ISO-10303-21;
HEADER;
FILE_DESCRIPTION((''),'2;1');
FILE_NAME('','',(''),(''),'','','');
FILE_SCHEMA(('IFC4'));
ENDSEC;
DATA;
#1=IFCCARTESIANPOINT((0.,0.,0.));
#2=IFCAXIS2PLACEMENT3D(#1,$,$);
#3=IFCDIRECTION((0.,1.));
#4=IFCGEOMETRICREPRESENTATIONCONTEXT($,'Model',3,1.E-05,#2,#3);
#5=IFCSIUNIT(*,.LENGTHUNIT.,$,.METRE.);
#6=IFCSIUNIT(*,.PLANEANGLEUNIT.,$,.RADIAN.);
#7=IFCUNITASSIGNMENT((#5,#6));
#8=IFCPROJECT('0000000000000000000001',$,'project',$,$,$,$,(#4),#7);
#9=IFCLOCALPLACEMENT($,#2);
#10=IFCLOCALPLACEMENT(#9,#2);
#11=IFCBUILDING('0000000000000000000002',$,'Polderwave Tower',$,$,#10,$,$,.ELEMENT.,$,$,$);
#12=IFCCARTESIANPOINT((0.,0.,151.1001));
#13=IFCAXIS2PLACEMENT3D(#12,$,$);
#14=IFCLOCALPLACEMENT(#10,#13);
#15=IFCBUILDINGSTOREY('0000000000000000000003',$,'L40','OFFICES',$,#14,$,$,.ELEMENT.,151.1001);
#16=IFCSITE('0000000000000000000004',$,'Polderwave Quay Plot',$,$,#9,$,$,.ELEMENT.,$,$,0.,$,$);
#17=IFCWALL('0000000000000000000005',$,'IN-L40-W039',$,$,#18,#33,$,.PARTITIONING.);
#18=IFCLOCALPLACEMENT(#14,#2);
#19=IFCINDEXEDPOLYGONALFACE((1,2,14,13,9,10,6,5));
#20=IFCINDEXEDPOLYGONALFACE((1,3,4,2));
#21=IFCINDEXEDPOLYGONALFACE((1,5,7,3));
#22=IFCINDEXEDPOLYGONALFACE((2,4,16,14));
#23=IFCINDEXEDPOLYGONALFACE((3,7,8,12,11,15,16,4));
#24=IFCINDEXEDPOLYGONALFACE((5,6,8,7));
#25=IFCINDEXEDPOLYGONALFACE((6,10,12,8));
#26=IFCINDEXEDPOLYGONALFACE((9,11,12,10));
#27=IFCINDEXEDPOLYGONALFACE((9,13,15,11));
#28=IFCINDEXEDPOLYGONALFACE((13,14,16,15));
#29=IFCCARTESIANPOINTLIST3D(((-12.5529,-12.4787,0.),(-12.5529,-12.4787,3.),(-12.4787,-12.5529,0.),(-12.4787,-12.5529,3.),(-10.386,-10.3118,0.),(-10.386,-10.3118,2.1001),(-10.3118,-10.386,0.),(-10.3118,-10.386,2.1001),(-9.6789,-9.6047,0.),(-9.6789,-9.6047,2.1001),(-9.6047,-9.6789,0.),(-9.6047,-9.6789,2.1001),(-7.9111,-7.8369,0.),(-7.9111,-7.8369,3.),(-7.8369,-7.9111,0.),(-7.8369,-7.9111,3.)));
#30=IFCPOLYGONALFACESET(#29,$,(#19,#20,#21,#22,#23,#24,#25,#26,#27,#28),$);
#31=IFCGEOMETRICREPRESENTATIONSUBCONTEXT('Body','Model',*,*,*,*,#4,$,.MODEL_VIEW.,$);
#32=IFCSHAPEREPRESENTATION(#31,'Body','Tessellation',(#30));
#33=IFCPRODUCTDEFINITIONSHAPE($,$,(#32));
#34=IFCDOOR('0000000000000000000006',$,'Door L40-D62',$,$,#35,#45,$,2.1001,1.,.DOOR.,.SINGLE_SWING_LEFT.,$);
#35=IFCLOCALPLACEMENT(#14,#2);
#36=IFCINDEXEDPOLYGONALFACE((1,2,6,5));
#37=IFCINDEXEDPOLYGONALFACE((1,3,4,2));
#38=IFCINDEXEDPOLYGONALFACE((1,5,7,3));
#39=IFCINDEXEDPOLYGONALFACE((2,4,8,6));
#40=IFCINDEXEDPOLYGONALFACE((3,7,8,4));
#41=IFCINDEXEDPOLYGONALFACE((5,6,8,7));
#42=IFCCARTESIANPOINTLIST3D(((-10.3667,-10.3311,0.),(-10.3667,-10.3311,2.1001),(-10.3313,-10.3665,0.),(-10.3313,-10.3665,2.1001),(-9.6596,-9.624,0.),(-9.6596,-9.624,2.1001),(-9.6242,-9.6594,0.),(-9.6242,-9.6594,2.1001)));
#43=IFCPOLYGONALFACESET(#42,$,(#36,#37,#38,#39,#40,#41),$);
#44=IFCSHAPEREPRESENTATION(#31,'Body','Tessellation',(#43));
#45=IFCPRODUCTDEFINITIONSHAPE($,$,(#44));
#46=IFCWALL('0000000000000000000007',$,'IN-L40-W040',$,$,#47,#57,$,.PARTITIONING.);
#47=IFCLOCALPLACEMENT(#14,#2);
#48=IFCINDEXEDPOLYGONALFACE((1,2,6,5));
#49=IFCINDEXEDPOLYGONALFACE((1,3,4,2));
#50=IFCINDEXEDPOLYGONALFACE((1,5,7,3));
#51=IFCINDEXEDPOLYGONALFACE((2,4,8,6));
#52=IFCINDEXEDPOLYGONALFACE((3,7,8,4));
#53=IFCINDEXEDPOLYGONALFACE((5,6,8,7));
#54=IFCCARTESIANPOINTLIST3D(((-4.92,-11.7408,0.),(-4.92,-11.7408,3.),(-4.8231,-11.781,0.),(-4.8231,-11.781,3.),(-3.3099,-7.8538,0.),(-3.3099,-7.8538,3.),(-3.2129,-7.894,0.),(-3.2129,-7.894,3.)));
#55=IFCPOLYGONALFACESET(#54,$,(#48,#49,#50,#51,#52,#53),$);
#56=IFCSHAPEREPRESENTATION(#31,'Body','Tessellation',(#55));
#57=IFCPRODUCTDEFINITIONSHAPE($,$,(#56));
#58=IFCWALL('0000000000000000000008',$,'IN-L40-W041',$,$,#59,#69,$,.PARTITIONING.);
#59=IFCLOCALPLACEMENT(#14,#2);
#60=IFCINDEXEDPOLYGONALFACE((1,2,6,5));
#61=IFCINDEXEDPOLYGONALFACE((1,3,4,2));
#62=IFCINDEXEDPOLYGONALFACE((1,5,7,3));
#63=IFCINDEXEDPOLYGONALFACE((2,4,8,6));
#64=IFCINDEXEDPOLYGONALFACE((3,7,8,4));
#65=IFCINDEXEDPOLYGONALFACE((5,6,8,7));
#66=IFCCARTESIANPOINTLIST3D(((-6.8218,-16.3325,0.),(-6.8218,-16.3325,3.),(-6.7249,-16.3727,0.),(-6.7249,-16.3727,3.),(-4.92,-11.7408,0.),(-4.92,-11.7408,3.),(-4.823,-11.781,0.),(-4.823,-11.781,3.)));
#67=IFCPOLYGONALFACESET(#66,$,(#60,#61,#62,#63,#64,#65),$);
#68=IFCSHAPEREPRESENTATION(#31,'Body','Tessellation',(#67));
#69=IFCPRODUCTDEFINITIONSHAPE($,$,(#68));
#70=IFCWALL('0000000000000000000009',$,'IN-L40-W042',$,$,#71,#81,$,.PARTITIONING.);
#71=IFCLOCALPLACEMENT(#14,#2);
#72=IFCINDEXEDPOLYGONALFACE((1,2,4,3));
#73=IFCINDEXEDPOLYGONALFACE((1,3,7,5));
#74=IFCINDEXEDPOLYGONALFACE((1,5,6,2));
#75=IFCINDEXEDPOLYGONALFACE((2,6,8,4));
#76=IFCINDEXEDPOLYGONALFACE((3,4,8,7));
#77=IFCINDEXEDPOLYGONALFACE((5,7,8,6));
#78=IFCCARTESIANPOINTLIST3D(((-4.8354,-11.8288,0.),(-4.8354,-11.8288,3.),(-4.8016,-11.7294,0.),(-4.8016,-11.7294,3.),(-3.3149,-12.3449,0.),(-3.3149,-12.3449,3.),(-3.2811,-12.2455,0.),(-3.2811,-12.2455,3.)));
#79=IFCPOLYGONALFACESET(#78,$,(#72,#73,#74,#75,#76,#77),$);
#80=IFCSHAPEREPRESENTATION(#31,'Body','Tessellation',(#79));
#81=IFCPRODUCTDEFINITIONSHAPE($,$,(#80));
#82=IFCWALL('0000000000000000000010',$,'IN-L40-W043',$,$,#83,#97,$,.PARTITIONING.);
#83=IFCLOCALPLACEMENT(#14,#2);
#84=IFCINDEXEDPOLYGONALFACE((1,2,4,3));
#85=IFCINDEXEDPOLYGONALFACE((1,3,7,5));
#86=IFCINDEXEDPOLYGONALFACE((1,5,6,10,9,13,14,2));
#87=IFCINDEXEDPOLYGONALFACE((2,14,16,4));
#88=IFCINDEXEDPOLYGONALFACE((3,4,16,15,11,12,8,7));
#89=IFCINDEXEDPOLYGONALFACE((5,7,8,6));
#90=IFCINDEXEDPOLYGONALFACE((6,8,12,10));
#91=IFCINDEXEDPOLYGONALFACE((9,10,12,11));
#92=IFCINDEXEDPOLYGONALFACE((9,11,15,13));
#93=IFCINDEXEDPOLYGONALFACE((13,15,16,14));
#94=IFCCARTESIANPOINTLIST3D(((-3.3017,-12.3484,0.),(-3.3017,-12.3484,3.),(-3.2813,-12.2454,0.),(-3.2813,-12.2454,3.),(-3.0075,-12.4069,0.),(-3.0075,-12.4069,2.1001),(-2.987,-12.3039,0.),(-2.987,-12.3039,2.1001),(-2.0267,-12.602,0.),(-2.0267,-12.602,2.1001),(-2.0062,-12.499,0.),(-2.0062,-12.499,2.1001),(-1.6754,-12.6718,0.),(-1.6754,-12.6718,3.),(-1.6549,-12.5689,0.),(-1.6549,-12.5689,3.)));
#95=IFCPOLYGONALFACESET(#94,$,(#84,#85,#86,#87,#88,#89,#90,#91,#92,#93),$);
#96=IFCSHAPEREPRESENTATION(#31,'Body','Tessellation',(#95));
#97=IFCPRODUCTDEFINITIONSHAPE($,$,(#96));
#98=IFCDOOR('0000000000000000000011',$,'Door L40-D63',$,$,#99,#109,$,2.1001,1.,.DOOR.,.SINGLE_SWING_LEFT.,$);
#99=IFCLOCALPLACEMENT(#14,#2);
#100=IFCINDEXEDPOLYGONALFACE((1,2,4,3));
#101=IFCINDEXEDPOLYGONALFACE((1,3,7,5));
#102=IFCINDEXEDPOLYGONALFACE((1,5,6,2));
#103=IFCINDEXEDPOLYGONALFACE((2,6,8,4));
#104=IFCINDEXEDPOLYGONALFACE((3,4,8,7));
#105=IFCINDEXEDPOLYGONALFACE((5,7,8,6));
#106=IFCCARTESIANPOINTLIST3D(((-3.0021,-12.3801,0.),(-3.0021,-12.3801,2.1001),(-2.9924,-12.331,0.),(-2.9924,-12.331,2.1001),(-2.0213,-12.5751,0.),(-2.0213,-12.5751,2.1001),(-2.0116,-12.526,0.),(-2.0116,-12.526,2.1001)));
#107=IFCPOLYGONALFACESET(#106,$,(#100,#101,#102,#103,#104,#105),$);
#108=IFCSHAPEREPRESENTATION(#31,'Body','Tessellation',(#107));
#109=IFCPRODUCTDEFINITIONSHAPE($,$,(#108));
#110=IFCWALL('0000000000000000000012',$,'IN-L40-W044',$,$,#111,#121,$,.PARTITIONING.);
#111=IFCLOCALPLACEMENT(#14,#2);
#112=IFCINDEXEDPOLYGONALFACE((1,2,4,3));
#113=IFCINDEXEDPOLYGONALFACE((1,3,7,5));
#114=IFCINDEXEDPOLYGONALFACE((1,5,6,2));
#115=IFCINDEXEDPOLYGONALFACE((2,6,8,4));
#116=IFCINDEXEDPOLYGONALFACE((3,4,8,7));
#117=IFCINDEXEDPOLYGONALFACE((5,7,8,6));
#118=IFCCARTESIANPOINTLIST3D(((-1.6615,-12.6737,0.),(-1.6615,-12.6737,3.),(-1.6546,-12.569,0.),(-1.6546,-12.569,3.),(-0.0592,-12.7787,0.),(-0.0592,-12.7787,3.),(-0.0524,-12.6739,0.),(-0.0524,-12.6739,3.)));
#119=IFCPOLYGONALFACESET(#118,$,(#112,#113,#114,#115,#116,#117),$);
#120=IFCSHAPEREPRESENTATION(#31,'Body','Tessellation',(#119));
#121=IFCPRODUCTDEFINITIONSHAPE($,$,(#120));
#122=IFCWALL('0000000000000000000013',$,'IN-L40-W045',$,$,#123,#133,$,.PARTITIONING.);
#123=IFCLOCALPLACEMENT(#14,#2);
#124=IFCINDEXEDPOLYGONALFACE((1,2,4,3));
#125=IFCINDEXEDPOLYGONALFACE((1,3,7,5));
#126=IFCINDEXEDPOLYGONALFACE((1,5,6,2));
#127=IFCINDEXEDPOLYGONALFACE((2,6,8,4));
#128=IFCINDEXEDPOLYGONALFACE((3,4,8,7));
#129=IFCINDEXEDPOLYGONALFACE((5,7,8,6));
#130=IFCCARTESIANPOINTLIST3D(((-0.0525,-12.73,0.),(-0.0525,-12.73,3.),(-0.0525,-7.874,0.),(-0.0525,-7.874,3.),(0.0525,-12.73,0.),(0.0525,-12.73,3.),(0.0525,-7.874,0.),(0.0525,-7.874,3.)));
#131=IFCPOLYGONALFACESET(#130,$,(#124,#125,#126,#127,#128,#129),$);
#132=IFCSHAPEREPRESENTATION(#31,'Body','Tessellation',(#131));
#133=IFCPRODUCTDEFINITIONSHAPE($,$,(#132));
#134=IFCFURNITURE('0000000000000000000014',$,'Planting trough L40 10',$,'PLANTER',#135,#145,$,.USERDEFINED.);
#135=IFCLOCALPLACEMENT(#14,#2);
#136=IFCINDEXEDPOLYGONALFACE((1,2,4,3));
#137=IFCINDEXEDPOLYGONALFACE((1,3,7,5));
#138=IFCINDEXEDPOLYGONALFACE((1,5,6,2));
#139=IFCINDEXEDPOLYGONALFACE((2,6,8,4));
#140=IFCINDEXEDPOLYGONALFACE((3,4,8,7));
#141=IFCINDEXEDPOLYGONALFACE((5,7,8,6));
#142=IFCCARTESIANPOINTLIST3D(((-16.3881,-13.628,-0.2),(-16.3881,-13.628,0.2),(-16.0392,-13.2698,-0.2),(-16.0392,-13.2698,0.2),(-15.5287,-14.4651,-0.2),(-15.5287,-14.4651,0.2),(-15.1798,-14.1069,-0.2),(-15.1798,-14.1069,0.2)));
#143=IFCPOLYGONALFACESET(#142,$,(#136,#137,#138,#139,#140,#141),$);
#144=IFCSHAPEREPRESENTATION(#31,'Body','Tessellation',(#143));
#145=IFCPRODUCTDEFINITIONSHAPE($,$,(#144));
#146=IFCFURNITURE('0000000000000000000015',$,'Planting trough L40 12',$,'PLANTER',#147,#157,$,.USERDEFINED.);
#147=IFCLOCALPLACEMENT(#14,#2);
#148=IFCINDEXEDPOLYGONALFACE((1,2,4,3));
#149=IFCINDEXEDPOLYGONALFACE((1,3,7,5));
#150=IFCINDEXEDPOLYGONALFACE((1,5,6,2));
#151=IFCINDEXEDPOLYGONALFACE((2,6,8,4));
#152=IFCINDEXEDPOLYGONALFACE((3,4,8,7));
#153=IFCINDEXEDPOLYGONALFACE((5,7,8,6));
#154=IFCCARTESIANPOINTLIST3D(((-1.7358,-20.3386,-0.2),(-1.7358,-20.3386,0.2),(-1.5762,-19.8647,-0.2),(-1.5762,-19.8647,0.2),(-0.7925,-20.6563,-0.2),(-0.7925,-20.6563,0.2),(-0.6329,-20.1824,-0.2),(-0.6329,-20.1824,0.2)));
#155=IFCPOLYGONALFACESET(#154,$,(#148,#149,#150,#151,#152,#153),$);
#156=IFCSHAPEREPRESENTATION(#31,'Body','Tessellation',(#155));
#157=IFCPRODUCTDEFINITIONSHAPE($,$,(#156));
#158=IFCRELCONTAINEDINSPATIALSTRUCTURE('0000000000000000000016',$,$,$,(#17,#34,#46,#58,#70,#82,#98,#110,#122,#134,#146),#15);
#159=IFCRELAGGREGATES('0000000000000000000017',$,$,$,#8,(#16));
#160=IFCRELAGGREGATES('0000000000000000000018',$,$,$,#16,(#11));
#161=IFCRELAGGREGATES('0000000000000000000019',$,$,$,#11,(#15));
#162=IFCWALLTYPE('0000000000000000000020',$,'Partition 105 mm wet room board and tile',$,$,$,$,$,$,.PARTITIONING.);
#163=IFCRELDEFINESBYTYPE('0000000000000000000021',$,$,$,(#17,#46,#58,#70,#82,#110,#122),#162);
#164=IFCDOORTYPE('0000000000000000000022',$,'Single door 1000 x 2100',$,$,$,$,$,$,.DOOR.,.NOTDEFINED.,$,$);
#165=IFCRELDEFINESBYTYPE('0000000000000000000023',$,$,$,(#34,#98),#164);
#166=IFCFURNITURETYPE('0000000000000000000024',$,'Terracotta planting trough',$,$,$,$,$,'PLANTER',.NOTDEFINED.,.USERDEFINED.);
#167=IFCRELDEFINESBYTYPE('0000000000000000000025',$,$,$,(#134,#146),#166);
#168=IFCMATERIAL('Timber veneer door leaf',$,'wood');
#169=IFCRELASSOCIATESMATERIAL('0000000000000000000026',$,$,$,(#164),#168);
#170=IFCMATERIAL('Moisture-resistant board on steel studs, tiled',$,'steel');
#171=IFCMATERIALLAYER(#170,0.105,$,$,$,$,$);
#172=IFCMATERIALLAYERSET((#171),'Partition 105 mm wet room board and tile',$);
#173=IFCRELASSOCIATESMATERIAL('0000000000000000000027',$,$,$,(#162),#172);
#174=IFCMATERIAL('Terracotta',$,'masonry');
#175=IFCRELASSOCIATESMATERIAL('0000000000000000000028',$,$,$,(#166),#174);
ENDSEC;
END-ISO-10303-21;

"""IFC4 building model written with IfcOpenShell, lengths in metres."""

from ifc_helpers import new_model, si_unit, direction, frame, frame_2d, origin, origin_2d, place, context, subcontext, project, spatial, rectangle, extrude, material, layer, layer_set, type_object, element, fill, save


model = new_model("IFC4")

# Units and contexts
model_context = context("Model", 3, precision=1e-05, world=origin(), true_north=direction((0.0, 1.0)))
body_context = subcontext(model_context, "Body", "Model", "MODEL_VIEW")
ifc_project = project(units=[si_unit("LENGTHUNIT", "METRE"), si_unit("PLANEANGLEUNIT", "RADIAN")], contexts=[model_context])

# Site, building, storey
site_placement = place(None, origin())
site = spatial("IfcSite", under=ifc_project, at=site_placement, Name="Polderwave Quay Plot", CompositionType="ELEMENT", RefElevation=0.0)
building_placement = place(site_placement, origin())
building = spatial("IfcBuilding", under=site, at=building_placement, Name="Polderwave Tower", CompositionType="ELEMENT")
storey_placement = place(building_placement, frame((0.0, 0.0, 151.1001)))
storey = spatial("IfcBuildingStorey", under=building, at=storey_placement, Name="L40", Description="OFFICES", CompositionType="ELEMENT", Elevation=151.1001)

# Wall, opening, door
ifc_material_1 = material(Name="Timber veneer door leaf", Category="wood")
door_type = type_object("IfcDoorType", Name="Single door 1000 x 2100", OperationType="NOTDEFINED", PredefinedType="DOOR", material=ifc_material_1)
ifc_material_2 = material(Name="Moisture-resistant board on steel studs, tiled", Category="steel")
ifc_layer_1 = layer(ifc_material_2, 0.105)
ifc_layer_set_1 = layer_set([ifc_layer_1], Name="Partition 105 mm wet room board and tile")
wall_type_1 = type_object("IfcWallType", Name="Partition 105 mm wet room board and tile", PredefinedType="PARTITIONING", material=ifc_layer_set_1)
wall_1_placement = place(storey_placement, frame((-7.874, -7.874, 0.0), z_axis=(0.0, 0.0, 1.0), x_axis=(-0.707107, -0.707107, 0.0)))
wall_1 = element("IfcWall", 1, at=wall_1_placement, inside=storey, type_object=wall_type_1, Name="IN-L40-W039", PredefinedType="PARTITIONING", context=body_context, shape_type="SweptSolid", body=[
    extrude(rectangle(XDim=6.5645, YDim=0.105, at=frame_2d((3.2822, 0.0))), origin(), (0.0, 0.0, 1.0), 3.0),
])
opening_1_placement = place(wall_1_placement, frame((2.5, 0.0, 0.0)))
opening_1 = element("IfcOpeningElement", 2, at=opening_1_placement, cuts=wall_1, PredefinedType="OPENING", context=body_context, shape_type="SweptSolid", body=[
    extrude(rectangle(XDim=1.0, YDim=2.1001, at=frame_2d((0.5, 1.05))), frame((0.0, 0.0625, 0.0), z_axis=(0.0, -1.0, 0.0), x_axis=(1.0, 0.0, 0.0)), (0.0, 0.0, 1.0), 0.125),
])
door_1_placement = place(opening_1_placement, origin())
door_1 = element("IfcDoor", 3, at=door_1_placement, inside=storey, type_object=door_type, Name="Door L40-D62", OperationType="SINGLE_SWING_LEFT", OverallHeight=2.1001, OverallWidth=1.0, PredefinedType="DOOR", context=body_context, shape_type="SweptSolid", body=[
    extrude(rectangle(XDim=1.0, YDim=2.1001, at=frame_2d((0.5, 1.05))), frame((0.0, 0.0249, 0.0), z_axis=(0.0, -1.0, 0.0), x_axis=(1.0, 0.0, 0.0)), (0.0, 0.0, 1.0), 0.05),
])
fill(opening_1, door_1)

# Walls
wall_2_placement = place(storey_placement, frame((-3.2615, -7.874, 0.0), z_axis=(0.0, 0.0, 1.0), x_axis=(-0.382699, -0.923873, 0.0)))
element("IfcWall", 4, at=wall_2_placement, inside=storey, type_object=wall_type_1, Name="IN-L40-W040", PredefinedType="PARTITIONING", context=body_context, shape_type="SweptSolid", body=[
    extrude(rectangle(XDim=4.2073, YDim=0.105, at=frame_2d((2.1035, 0.0))), origin(), (0.0, 0.0, 1.0), 3.0),
])
wall_3_placement = place(storey_placement, frame((-4.8716, -11.761, 0.0), z_axis=(0.0, 0.0, 1.0), x_axis=(-0.382661, -0.923889, 0.0)))
element("IfcWall", 5, at=wall_3_placement, inside=storey, type_object=wall_type_1, Name="IN-L40-W041", PredefinedType="PARTITIONING", context=body_context, shape_type="SweptSolid", body=[
    extrude(rectangle(XDim=4.97, YDim=0.105, at=frame_2d((2.4849, 0.0))), origin(), (0.0, 0.0, 1.0), 3.0),
])
wall_4_placement = place(storey_placement, frame((-3.2981, -12.2952, 0.0), z_axis=(0.0, 0.0, 1.0), x_axis=(-0.946936, 0.321423, 0.0)))
element("IfcWall", 6, at=wall_4_placement, inside=storey, type_object=wall_type_1, Name="IN-L40-W042", PredefinedType="PARTITIONING", context=body_context, shape_type="SweptSolid", body=[
    extrude(rectangle(XDim=1.6057, YDim=0.105, at=frame_2d((0.8027, 0.0))), origin(), (0.0, 0.0, 1.0), 3.0),
])

# Wall, opening, door
wall_5_placement = place(storey_placement, frame((-3.2915, -12.2969, 0.0), z_axis=(0.0, 0.0, 1.0), x_axis=(0.98079, -0.195068, 0.0)))
wall_5 = element("IfcWall", 7, at=wall_5_placement, inside=storey, type_object=wall_type_1, Name="IN-L40-W043", PredefinedType="PARTITIONING", context=body_context, shape_type="SweptSolid", body=[
    extrude(rectangle(XDim=1.6582, YDim=0.105, at=frame_2d((0.8291, 0.0))), origin(), (0.0, 0.0, 1.0), 3.0),
])
opening_2_placement = place(wall_5_placement, frame((0.3, 0.0, 0.0)))
opening_2 = element("IfcOpeningElement", 8, at=opening_2_placement, cuts=wall_5, PredefinedType="OPENING", context=body_context, shape_type="SweptSolid", body=[
    extrude(rectangle(XDim=1.0, YDim=2.1001, at=frame_2d((0.5, 1.05))), frame((0.0, 0.0625, 0.0), z_axis=(0.0, -1.0, 0.0), x_axis=(1.0, 0.0, 0.0)), (0.0, 0.0, 1.0), 0.125),
])
door_2_placement = place(opening_2_placement, origin())
door_2 = element("IfcDoor", 9, at=door_2_placement, inside=storey, type_object=door_type, Name="Door L40-D63", OperationType="SINGLE_SWING_LEFT", OverallHeight=2.1001, OverallWidth=1.0, PredefinedType="DOOR", context=body_context, shape_type="SweptSolid", body=[
    extrude(rectangle(XDim=1.0, YDim=2.1001, at=frame_2d((0.5, 1.05))), frame((0.0, 0.0249, 0.0), z_axis=(0.0, -1.0, 0.0), x_axis=(1.0, 0.0, 0.0)), (0.0, 0.0, 1.0), 0.05),
])
fill(opening_2, door_2)

# Walls
wall_6_placement = place(storey_placement, frame((-0.0559, -12.7263, 0.0), z_axis=(0.0, 0.0, 1.0), x_axis=(-0.997861, 0.065379, 0.0)))
element("IfcWall", 10, at=wall_6_placement, inside=storey, type_object=wall_type_1, Name="IN-L40-W044", PredefinedType="PARTITIONING", context=body_context, shape_type="SweptSolid", body=[
    extrude(rectangle(XDim=1.6057, YDim=0.105, at=frame_2d((0.8027, 0.0))), origin(), (0.0, 0.0, 1.0), 3.0),
])
wall_7_placement = place(storey_placement, frame((0.0, -7.874, 0.0), z_axis=(0.0, 0.0, 1.0), x_axis=(0.0, -1.0, 0.0)))
element("IfcWall", 11, at=wall_7_placement, inside=storey, type_object=wall_type_1, Name="IN-L40-W045", PredefinedType="PARTITIONING", context=body_context, shape_type="SweptSolid", body=[
    extrude(rectangle(XDim=4.856, YDim=0.105, at=frame_2d((2.428, 0.0))), origin(), (0.0, 0.0, 1.0), 3.0),
])

# Furniture
ifc_material_3 = material(Name="Terracotta", Category="masonry")
furniture_type = type_object("IfcFurnitureType", Name="Terracotta planting trough", ElementType="PLANTER", AssemblyPlace="NOTDEFINED", PredefinedType="USERDEFINED", material=ifc_material_3)
furniture_1_placement = place(storey_placement, frame((-15.7839, -13.8674, -0.2), z_axis=(0.0, 0.0, 1.0), x_axis=(0.716345, -0.697747, 0.0)))
element("IfcFurniture", 12, at=furniture_1_placement, inside=storey, type_object=furniture_type, Name="Planting trough L40 10", ObjectType="PLANTER", PredefinedType="USERDEFINED", context=body_context, shape_type="SweptSolid", body=[
    extrude(rectangle(XDim=1.1997, YDim=0.5, at=origin_2d()), origin(), (0.0, 0.0, 1.0), 0.3999),
])
furniture_2_placement = place(storey_placement, frame((-1.1843, -20.2605, -0.2), z_axis=(0.0, 0.0, 1.0), x_axis=(0.947704, -0.31915, 0.0)))
element("IfcFurniture", 13, at=furniture_2_placement, inside=storey, type_object=furniture_type, Name="Planting trough L40 12", ObjectType="PLANTER", PredefinedType="USERDEFINED", context=body_context, shape_type="SweptSolid", body=[
    extrude(rectangle(XDim=0.9954, YDim=0.5, at=origin_2d()), origin(), (0.0, 0.0, 1.0), 0.3999),
])

save(model, "model.ifc")
